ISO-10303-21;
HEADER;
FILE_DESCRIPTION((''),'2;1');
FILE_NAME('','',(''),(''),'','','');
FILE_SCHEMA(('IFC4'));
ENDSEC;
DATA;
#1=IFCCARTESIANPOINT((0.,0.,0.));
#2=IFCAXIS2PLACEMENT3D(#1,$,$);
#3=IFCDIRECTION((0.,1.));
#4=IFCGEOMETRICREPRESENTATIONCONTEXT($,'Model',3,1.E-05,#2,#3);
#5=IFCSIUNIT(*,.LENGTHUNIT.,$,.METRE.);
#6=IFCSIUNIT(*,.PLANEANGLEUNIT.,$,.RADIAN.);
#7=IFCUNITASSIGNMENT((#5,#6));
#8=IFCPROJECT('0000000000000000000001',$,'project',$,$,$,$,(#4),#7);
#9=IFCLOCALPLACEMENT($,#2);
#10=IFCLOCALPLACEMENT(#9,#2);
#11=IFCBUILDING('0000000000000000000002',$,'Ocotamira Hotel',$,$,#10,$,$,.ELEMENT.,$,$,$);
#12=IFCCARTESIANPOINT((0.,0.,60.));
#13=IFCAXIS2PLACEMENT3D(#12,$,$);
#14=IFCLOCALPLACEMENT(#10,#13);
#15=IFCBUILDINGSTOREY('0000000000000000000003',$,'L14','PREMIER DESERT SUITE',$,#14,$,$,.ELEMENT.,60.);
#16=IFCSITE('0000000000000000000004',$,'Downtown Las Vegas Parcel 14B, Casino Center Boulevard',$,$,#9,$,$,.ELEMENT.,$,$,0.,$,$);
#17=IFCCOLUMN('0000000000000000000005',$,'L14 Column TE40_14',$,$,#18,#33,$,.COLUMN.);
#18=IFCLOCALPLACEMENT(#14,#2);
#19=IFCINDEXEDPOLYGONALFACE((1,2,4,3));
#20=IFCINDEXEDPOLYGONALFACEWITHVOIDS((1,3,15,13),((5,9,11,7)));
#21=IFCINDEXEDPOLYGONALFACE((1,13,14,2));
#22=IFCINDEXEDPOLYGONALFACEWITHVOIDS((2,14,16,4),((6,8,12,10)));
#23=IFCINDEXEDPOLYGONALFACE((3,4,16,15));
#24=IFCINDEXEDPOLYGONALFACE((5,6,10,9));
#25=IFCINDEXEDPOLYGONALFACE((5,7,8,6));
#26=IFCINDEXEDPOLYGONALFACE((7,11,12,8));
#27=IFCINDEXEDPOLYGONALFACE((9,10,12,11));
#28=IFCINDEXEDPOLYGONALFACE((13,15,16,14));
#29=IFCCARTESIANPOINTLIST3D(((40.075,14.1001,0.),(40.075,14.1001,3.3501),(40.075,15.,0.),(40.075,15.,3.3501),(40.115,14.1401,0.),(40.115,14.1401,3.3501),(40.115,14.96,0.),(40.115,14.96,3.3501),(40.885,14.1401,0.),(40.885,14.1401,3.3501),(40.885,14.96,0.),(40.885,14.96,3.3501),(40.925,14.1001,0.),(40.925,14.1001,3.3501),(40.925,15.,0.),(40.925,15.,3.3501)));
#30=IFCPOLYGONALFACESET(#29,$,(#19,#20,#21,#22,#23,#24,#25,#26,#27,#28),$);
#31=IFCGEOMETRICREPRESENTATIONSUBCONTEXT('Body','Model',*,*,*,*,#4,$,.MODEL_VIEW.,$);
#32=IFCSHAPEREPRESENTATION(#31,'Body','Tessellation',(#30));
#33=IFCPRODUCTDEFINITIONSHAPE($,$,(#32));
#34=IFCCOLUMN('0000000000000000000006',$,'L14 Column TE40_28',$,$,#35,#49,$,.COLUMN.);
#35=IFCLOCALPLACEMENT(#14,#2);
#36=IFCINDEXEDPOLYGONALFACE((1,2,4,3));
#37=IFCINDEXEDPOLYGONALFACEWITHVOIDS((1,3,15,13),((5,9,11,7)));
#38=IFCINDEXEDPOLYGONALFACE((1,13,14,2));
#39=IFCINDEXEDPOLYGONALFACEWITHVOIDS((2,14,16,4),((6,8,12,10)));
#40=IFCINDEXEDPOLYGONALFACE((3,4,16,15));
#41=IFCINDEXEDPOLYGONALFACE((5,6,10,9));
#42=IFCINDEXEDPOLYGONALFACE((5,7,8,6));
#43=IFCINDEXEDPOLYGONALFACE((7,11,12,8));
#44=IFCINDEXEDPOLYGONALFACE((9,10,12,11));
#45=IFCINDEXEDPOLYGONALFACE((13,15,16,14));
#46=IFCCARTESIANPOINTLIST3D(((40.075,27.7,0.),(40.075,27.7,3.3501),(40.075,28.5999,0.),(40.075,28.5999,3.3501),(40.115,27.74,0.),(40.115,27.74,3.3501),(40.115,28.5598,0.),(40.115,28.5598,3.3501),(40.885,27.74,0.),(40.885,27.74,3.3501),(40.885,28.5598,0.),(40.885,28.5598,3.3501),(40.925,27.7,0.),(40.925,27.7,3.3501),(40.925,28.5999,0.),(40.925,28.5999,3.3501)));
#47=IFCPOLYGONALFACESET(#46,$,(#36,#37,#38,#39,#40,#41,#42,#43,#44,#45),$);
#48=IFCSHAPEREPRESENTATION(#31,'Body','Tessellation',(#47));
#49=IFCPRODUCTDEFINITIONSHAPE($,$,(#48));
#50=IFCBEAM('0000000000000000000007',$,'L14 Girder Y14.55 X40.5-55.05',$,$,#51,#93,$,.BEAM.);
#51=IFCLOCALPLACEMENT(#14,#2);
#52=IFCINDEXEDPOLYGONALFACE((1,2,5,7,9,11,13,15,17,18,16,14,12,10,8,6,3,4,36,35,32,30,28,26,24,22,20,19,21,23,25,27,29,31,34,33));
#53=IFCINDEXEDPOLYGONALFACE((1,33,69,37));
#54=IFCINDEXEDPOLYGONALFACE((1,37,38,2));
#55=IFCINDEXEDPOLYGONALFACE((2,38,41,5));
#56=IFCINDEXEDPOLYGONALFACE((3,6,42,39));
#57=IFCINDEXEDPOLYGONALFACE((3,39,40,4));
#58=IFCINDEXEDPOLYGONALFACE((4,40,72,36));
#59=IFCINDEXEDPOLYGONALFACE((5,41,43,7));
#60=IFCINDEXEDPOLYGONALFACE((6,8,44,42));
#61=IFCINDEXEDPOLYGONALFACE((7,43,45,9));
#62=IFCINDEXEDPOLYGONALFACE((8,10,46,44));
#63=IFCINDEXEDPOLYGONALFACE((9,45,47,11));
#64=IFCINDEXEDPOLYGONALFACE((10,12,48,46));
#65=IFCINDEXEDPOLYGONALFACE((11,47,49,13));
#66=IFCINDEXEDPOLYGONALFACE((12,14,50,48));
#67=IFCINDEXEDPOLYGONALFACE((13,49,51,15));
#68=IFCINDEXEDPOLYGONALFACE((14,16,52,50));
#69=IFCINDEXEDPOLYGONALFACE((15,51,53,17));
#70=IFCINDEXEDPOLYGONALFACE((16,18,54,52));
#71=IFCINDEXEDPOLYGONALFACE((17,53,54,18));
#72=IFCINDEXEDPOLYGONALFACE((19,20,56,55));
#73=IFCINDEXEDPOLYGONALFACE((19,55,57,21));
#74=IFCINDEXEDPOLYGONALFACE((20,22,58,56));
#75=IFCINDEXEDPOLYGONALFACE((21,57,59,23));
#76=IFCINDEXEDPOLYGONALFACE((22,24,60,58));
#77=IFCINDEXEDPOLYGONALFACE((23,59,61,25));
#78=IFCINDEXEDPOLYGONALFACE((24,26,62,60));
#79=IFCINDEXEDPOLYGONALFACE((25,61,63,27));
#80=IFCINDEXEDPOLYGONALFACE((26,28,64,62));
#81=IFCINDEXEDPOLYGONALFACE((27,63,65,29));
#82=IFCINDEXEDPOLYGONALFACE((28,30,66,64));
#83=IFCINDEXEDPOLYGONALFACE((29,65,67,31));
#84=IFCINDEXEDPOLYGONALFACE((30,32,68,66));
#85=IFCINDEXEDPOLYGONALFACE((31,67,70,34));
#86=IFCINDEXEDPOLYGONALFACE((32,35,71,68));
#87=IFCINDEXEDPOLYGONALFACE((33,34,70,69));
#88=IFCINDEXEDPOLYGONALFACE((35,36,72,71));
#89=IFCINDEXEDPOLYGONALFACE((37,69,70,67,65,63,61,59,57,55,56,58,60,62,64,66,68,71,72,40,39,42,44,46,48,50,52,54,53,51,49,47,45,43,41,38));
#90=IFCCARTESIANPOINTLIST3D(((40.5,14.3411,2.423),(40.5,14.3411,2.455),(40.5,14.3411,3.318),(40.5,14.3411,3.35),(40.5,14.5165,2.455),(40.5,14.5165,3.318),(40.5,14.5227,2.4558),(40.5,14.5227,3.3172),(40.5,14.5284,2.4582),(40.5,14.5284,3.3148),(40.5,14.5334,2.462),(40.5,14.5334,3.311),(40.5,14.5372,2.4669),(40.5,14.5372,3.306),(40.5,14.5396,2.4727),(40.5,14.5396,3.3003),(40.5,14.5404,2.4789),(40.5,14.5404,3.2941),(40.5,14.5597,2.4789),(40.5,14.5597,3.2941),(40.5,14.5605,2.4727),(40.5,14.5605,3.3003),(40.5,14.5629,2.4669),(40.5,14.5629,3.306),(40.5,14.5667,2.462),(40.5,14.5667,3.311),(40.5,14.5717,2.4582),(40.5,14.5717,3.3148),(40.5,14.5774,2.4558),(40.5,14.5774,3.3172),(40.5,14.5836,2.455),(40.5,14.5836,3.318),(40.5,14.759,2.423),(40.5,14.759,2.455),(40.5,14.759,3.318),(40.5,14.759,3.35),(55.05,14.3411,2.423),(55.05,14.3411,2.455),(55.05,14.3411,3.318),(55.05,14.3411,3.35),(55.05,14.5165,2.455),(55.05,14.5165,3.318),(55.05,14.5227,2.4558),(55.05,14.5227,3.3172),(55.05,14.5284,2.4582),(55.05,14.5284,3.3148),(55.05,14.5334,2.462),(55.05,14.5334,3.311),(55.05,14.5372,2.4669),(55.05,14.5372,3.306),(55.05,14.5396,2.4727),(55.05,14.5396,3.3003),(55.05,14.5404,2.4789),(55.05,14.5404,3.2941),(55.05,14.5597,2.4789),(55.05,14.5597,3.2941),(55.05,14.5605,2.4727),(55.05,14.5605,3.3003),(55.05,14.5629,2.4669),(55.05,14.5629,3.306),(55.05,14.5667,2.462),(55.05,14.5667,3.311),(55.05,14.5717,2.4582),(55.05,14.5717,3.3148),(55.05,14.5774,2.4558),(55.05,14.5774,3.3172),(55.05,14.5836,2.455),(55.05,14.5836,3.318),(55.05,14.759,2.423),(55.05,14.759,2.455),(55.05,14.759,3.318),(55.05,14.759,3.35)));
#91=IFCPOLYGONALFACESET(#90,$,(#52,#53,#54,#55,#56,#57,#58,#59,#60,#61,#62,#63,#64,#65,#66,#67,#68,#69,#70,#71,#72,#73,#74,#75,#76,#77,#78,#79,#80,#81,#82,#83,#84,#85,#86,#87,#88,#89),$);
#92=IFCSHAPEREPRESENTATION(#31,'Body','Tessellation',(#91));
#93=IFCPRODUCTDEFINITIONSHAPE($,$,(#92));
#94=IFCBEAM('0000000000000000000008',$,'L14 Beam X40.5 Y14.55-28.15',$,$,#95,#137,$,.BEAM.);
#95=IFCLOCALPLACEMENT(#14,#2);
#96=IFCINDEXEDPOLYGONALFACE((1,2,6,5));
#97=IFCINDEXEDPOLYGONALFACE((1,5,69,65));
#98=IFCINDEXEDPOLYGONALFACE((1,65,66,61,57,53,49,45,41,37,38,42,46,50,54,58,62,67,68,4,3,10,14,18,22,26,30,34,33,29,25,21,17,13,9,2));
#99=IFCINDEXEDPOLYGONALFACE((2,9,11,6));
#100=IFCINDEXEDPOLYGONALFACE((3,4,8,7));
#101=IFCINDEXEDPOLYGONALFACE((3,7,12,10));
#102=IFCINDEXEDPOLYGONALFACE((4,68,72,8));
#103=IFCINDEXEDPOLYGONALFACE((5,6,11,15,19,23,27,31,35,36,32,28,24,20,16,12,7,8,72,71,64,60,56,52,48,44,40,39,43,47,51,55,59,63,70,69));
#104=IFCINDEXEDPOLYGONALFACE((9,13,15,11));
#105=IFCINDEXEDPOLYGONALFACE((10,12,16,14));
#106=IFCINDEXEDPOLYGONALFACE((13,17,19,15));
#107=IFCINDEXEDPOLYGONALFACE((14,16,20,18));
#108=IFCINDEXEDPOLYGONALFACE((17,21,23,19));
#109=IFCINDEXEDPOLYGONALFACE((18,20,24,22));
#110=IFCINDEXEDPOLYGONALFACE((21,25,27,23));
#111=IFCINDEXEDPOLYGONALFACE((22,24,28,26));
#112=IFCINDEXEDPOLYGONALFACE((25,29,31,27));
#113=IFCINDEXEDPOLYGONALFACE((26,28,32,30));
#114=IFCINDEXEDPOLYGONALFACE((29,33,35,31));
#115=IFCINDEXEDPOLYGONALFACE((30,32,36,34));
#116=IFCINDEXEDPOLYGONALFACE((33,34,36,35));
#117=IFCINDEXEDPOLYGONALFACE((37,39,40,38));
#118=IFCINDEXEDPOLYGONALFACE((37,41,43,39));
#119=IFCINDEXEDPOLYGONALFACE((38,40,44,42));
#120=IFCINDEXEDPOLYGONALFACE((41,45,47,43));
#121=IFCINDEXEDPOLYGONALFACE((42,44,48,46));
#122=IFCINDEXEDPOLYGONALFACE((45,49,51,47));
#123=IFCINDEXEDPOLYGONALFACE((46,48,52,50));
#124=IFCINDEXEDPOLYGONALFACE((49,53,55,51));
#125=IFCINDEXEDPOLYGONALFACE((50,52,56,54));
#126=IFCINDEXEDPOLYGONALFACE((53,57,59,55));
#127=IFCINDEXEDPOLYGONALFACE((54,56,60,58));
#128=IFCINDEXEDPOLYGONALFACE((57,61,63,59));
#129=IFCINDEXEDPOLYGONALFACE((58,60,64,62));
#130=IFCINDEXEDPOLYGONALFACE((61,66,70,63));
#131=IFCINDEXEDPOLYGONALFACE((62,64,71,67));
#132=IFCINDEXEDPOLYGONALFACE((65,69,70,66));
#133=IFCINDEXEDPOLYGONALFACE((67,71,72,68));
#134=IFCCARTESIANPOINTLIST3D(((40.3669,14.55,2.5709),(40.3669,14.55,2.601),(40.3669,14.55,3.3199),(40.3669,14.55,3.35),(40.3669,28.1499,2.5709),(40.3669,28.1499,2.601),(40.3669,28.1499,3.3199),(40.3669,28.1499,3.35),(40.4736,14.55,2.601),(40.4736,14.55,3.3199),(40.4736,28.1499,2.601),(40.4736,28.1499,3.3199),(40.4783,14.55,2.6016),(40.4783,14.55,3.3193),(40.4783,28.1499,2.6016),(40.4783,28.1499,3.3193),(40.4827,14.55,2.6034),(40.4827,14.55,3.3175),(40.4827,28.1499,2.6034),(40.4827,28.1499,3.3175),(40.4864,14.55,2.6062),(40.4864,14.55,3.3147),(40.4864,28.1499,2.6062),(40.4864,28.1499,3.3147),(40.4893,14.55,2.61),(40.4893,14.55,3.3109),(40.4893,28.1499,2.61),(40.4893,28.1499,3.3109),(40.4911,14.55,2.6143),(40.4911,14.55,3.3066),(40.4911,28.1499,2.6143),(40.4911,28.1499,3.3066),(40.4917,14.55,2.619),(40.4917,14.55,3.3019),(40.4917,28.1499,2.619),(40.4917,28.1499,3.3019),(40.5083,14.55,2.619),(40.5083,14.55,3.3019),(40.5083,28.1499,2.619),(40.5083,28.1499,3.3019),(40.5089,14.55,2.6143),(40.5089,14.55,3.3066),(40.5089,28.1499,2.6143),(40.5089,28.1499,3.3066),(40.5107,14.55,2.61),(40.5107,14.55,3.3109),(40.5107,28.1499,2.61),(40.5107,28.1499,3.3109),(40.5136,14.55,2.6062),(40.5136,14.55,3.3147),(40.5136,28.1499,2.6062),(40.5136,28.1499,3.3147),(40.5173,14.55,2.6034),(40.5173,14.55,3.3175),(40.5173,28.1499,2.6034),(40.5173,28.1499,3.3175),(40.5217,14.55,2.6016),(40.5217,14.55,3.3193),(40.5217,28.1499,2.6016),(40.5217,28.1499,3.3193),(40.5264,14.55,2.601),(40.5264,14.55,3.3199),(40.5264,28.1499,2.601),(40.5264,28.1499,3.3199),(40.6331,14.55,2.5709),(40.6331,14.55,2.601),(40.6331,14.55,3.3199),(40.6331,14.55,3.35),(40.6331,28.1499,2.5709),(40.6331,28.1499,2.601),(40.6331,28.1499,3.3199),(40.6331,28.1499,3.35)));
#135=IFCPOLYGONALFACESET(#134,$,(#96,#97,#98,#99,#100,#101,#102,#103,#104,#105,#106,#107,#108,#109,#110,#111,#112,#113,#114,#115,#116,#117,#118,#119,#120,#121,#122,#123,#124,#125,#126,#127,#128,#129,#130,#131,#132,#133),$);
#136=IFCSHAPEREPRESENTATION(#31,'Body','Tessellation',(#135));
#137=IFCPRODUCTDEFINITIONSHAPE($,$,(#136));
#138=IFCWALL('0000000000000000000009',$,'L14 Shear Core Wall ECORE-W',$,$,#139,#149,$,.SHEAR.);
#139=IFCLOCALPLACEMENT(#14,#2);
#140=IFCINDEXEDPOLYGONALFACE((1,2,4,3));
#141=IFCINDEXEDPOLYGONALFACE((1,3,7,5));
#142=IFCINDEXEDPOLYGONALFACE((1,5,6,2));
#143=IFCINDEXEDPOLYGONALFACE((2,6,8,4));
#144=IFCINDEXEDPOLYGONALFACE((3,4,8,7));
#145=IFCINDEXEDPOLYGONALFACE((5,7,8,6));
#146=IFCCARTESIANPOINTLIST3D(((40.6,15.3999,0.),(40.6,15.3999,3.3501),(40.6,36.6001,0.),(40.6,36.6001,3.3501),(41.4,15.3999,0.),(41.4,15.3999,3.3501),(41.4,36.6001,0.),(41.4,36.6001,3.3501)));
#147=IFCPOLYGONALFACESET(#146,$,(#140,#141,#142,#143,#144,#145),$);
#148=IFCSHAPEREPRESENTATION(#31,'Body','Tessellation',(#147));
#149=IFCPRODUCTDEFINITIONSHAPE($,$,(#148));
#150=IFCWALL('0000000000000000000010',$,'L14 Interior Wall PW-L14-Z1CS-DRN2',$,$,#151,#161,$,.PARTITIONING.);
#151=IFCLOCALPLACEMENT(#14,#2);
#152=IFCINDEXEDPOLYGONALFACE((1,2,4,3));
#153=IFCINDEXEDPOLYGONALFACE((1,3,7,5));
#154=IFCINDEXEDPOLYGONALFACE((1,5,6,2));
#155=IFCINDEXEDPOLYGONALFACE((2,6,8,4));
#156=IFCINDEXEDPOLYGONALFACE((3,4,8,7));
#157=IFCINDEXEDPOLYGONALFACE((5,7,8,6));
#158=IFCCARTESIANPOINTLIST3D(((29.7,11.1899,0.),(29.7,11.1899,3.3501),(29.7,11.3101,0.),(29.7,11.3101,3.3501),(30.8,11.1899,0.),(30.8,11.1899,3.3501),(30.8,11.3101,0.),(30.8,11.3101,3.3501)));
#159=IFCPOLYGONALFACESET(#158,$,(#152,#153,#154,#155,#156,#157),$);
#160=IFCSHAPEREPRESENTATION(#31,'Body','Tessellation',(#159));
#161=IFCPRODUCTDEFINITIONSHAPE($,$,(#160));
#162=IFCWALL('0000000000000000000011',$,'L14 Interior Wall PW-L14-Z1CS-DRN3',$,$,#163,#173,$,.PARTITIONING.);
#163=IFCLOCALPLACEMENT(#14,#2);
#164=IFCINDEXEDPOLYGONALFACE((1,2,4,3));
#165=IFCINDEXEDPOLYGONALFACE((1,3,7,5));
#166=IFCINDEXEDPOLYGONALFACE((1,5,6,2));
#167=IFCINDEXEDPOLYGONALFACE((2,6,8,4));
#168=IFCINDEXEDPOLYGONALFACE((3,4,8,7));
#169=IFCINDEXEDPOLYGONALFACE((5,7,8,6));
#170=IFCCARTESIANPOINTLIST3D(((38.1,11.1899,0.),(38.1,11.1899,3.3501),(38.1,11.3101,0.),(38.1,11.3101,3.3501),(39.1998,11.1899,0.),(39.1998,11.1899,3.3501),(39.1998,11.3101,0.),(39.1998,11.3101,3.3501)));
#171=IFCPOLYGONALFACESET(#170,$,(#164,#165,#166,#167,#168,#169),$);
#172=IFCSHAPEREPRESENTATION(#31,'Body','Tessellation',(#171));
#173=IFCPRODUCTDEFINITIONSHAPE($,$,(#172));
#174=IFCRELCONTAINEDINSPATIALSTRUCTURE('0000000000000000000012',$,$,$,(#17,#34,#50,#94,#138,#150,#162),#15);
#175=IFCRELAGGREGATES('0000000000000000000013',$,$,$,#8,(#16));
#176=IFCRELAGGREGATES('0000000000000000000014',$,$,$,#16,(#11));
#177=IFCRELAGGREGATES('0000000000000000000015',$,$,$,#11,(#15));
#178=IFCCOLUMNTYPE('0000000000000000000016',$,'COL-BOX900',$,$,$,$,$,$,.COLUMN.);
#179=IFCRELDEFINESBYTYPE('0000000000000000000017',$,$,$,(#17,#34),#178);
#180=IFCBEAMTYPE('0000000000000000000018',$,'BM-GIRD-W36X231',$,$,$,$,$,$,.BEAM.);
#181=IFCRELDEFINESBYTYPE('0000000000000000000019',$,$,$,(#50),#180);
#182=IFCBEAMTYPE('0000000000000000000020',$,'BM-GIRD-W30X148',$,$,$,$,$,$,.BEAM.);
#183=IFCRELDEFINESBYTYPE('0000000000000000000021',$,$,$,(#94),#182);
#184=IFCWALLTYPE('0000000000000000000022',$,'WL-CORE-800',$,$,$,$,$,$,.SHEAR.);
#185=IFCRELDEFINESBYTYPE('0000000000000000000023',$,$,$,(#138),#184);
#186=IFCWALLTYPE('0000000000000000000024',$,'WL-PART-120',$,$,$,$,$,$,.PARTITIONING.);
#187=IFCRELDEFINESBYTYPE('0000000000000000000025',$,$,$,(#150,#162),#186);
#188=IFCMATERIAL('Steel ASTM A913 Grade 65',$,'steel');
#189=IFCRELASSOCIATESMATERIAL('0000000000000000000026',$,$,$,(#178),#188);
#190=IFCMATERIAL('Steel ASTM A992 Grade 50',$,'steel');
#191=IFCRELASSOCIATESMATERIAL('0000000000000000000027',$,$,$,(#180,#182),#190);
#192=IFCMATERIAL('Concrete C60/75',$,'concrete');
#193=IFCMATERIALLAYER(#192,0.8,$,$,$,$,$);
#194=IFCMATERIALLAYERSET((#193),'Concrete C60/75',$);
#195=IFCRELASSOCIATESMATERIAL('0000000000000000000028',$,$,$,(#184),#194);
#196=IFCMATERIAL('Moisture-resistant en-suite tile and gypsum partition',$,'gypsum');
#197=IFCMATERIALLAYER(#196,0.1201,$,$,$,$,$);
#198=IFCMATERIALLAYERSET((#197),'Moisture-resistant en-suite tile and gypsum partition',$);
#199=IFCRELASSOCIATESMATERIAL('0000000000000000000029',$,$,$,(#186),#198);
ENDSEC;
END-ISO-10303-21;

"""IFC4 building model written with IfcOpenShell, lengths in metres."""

from ifc_helpers import new_model, si_unit, direction, frame, frame_2d, origin, origin_2d, place, context, subcontext, project, spatial, rectangle, hollow_rectangle, i_section, extrude, source, transform, mapped, material, layer, layer_set, material_profile, profile_set, type_object, element, save


model = new_model("IFC4")

# Units and contexts
model_context = context("Model", 3, precision=1e-05, world=origin(), true_north=direction((0.0, 1.0)))
body_context = subcontext(model_context, "Body", "Model", "MODEL_VIEW")
ifc_project = project(units=[si_unit("LENGTHUNIT", "METRE"), si_unit("PLANEANGLEUNIT", "RADIAN")], contexts=[model_context])

# Site, building, storey
site_placement = place(None, origin())
site = spatial("IfcSite", under=ifc_project, at=site_placement, Name="Downtown Las Vegas Parcel 14B, Casino Center Boulevard", CompositionType="ELEMENT", RefElevation=0.0)
building_placement = place(site_placement, origin())
building = spatial("IfcBuilding", under=site, at=building_placement, Name="Ocotamira Hotel", CompositionType="ELEMENT")
storey_placement = place(building_placement, frame((0.0, 0.0, 60.0)))
storey = spatial("IfcBuildingStorey", under=building, at=storey_placement, Name="L14", Description="PREMIER DESERT SUITE", CompositionType="ELEMENT", Elevation=60.0)

# Columns
ifc_material_1 = material(Name="Steel ASTM A913 Grade 65", Category="steel")
ifc_material_profile_1 = material_profile(ifc_material_1, hollow_rectangle(XDim=0.8501, YDim=0.8999, WallThickness=0.04, at=origin_2d()), Name="BOX900X850X40")
ifc_profile_set_1 = profile_set([ifc_material_profile_1], Name="Steel ASTM A913 Grade 65")
column_type = type_object("IfcColumnType", Name="COL-BOX900", PredefinedType="COLUMN", material=ifc_profile_set_1)
shared_shape_1 = source(origin(), body_context, "Body", "SweptSolid", [
    extrude(hollow_rectangle(XDim=0.8501, YDim=0.8999, WallThickness=0.04, at=origin_2d()), origin(), (0.0, 0.0, 1.0), 3.3501),
])
for number, where, z_axis, x_axis, name in (
    (1, (40.5, 14.55, 0.0), (0.0, 0.0, 1.0), (1.0, 0.0, 0.0), "L14 Column TE40_14"),
    (2, (40.5, 28.1499, 0.0), (0.0, 0.0, 1.0), (1.0, 0.0, 0.0), "L14 Column TE40_28"),
):
    element("IfcColumn", number, at=place(storey_placement, frame(where, z_axis=z_axis, x_axis=x_axis)), inside=storey, type_object=column_type, Name=name, PredefinedType="COLUMN", context=body_context, shape_type="MappedRepresentation", body=[
        mapped(shared_shape_1, transform((0.0, 0.0, 0.0), scale=1.0)),
    ])

# Beams
ifc_material_2 = material(Name="Steel ASTM A992 Grade 50", Category="steel")
ifc_material_profile_2 = material_profile(ifc_material_2, i_section(OverallWidth=0.418, OverallDepth=0.927, WebThickness=0.0193, FlangeThickness=0.032, FilletRadius=0.0239, at=origin_2d()), Name="W36X231")
ifc_profile_set_2 = profile_set([ifc_material_profile_2], Name="Steel ASTM A992 Grade 50")
beam_type_1 = type_object("IfcBeamType", Name="BM-GIRD-W36X231", PredefinedType="BEAM", material=ifc_profile_set_2)
shared_shape_2 = source(origin(), body_context, "Body", "SweptSolid", [
    extrude(i_section(OverallWidth=0.418, OverallDepth=0.927, WebThickness=0.0193, FlangeThickness=0.032, FilletRadius=0.0239, at=origin_2d()), origin(), (0.0, 0.0, 1.0), 14.55),
])
beam_1_placement = place(storey_placement, frame((40.5, 14.55, 2.8865), z_axis=(1.0, 0.0, 0.0), x_axis=(0.0, 1.0, 0.0)))
element("IfcBeam", 3, at=beam_1_placement, inside=storey, type_object=beam_type_1, Name="L14 Girder Y14.55 X40.5-55.05", PredefinedType="BEAM", context=body_context, shape_type="MappedRepresentation", body=[
    mapped(shared_shape_2, transform((0.0, 0.0, 0.0), scale=1.0)),
])
ifc_material_profile_3 = material_profile(ifc_material_2, i_section(OverallWidth=0.2661, OverallDepth=0.7791, WebThickness=0.0166, FlangeThickness=0.03, FilletRadius=0.0181, at=origin_2d()), Name="W30X148")
ifc_profile_set_3 = profile_set([ifc_material_profile_3], Name="Steel ASTM A992 Grade 50")
beam_type_2 = type_object("IfcBeamType", Name="BM-GIRD-W30X148", PredefinedType="BEAM", material=ifc_profile_set_3)
shared_shape_3 = source(origin(), body_context, "Body", "SweptSolid", [
    extrude(i_section(OverallWidth=0.2661, OverallDepth=0.7791, WebThickness=0.0166, FlangeThickness=0.03, FilletRadius=0.0181, at=origin_2d()), origin(), (0.0, 0.0, 1.0), 13.5999),
])
beam_2_placement = place(storey_placement, frame((40.5, 14.55, 2.9604), z_axis=(0.0, 1.0, 0.0), x_axis=(-1.0, 0.0, 0.0)))
element("IfcBeam", 4, at=beam_2_placement, inside=storey, type_object=beam_type_2, Name="L14 Beam X40.5 Y14.55-28.15", PredefinedType="BEAM", context=body_context, shape_type="MappedRepresentation", body=[
    mapped(shared_shape_3, transform((0.0, 0.0, 0.0), scale=1.0)),
])

# Shared definitions
ifc_material_3 = material(Name="Concrete C60/75", Category="concrete")
ifc_layer_1 = layer(ifc_material_3, 0.8)
ifc_layer_set_1 = layer_set([ifc_layer_1], Name="Concrete C60/75")
wall_type_1 = type_object("IfcWallType", Name="WL-CORE-800", PredefinedType="SHEAR", material=ifc_layer_set_1)

# Walls
wall_1_placement = place(storey_placement, frame((41.0, 15.3999, 0.0), z_axis=(0.0, 0.0, 1.0), x_axis=(0.0, 1.0, 0.0)))
element("IfcWall", 5, at=wall_1_placement, inside=storey, type_object=wall_type_1, Name="L14 Shear Core Wall ECORE-W", PredefinedType="SHEAR", context=body_context, shape_type="SweptSolid", body=[
    extrude(rectangle(XDim=21.2002, YDim=0.8, at=frame_2d((10.6001, 0.0))), origin(), (0.0, 0.0, 1.0), 3.3501),
])
ifc_material_4 = material(Name="Moisture-resistant en-suite tile and gypsum partition", Category="gypsum")
ifc_layer_2 = layer(ifc_material_4, 0.1201)
ifc_layer_set_2 = layer_set([ifc_layer_2], Name="Moisture-resistant en-suite tile and gypsum partition")
wall_type_2 = type_object("IfcWallType", Name="WL-PART-120", PredefinedType="PARTITIONING", material=ifc_layer_set_2)
wall_2_placement = place(storey_placement, frame((29.7, 11.25, 0.0), z_axis=(0.0, 0.0, 1.0), x_axis=(1.0, 0.0, 0.0)))
element("IfcWall", 6, at=wall_2_placement, inside=storey, type_object=wall_type_2, Name="L14 Interior Wall PW-L14-Z1CS-DRN2", PredefinedType="PARTITIONING", context=body_context, shape_type="SweptSolid", body=[
    extrude(rectangle(XDim=1.1001, YDim=0.1201, at=frame_2d((0.55, 0.0))), origin(), (0.0, 0.0, 1.0), 3.3501),
])
wall_3_placement = place(storey_placement, frame((38.1001, 11.25, 0.0), z_axis=(0.0, 0.0, 1.0), x_axis=(1.0, 0.0, 0.0)))
element("IfcWall", 7, at=wall_3_placement, inside=storey, type_object=wall_type_2, Name="L14 Interior Wall PW-L14-Z1CS-DRN3", PredefinedType="PARTITIONING", context=body_context, shape_type="SweptSolid", body=[
    extrude(rectangle(XDim=1.0999, YDim=0.1201, at=frame_2d((0.5498, 0.0))), origin(), (0.0, 0.0, 1.0), 3.3501),
])

save(model, "model.ifc")
